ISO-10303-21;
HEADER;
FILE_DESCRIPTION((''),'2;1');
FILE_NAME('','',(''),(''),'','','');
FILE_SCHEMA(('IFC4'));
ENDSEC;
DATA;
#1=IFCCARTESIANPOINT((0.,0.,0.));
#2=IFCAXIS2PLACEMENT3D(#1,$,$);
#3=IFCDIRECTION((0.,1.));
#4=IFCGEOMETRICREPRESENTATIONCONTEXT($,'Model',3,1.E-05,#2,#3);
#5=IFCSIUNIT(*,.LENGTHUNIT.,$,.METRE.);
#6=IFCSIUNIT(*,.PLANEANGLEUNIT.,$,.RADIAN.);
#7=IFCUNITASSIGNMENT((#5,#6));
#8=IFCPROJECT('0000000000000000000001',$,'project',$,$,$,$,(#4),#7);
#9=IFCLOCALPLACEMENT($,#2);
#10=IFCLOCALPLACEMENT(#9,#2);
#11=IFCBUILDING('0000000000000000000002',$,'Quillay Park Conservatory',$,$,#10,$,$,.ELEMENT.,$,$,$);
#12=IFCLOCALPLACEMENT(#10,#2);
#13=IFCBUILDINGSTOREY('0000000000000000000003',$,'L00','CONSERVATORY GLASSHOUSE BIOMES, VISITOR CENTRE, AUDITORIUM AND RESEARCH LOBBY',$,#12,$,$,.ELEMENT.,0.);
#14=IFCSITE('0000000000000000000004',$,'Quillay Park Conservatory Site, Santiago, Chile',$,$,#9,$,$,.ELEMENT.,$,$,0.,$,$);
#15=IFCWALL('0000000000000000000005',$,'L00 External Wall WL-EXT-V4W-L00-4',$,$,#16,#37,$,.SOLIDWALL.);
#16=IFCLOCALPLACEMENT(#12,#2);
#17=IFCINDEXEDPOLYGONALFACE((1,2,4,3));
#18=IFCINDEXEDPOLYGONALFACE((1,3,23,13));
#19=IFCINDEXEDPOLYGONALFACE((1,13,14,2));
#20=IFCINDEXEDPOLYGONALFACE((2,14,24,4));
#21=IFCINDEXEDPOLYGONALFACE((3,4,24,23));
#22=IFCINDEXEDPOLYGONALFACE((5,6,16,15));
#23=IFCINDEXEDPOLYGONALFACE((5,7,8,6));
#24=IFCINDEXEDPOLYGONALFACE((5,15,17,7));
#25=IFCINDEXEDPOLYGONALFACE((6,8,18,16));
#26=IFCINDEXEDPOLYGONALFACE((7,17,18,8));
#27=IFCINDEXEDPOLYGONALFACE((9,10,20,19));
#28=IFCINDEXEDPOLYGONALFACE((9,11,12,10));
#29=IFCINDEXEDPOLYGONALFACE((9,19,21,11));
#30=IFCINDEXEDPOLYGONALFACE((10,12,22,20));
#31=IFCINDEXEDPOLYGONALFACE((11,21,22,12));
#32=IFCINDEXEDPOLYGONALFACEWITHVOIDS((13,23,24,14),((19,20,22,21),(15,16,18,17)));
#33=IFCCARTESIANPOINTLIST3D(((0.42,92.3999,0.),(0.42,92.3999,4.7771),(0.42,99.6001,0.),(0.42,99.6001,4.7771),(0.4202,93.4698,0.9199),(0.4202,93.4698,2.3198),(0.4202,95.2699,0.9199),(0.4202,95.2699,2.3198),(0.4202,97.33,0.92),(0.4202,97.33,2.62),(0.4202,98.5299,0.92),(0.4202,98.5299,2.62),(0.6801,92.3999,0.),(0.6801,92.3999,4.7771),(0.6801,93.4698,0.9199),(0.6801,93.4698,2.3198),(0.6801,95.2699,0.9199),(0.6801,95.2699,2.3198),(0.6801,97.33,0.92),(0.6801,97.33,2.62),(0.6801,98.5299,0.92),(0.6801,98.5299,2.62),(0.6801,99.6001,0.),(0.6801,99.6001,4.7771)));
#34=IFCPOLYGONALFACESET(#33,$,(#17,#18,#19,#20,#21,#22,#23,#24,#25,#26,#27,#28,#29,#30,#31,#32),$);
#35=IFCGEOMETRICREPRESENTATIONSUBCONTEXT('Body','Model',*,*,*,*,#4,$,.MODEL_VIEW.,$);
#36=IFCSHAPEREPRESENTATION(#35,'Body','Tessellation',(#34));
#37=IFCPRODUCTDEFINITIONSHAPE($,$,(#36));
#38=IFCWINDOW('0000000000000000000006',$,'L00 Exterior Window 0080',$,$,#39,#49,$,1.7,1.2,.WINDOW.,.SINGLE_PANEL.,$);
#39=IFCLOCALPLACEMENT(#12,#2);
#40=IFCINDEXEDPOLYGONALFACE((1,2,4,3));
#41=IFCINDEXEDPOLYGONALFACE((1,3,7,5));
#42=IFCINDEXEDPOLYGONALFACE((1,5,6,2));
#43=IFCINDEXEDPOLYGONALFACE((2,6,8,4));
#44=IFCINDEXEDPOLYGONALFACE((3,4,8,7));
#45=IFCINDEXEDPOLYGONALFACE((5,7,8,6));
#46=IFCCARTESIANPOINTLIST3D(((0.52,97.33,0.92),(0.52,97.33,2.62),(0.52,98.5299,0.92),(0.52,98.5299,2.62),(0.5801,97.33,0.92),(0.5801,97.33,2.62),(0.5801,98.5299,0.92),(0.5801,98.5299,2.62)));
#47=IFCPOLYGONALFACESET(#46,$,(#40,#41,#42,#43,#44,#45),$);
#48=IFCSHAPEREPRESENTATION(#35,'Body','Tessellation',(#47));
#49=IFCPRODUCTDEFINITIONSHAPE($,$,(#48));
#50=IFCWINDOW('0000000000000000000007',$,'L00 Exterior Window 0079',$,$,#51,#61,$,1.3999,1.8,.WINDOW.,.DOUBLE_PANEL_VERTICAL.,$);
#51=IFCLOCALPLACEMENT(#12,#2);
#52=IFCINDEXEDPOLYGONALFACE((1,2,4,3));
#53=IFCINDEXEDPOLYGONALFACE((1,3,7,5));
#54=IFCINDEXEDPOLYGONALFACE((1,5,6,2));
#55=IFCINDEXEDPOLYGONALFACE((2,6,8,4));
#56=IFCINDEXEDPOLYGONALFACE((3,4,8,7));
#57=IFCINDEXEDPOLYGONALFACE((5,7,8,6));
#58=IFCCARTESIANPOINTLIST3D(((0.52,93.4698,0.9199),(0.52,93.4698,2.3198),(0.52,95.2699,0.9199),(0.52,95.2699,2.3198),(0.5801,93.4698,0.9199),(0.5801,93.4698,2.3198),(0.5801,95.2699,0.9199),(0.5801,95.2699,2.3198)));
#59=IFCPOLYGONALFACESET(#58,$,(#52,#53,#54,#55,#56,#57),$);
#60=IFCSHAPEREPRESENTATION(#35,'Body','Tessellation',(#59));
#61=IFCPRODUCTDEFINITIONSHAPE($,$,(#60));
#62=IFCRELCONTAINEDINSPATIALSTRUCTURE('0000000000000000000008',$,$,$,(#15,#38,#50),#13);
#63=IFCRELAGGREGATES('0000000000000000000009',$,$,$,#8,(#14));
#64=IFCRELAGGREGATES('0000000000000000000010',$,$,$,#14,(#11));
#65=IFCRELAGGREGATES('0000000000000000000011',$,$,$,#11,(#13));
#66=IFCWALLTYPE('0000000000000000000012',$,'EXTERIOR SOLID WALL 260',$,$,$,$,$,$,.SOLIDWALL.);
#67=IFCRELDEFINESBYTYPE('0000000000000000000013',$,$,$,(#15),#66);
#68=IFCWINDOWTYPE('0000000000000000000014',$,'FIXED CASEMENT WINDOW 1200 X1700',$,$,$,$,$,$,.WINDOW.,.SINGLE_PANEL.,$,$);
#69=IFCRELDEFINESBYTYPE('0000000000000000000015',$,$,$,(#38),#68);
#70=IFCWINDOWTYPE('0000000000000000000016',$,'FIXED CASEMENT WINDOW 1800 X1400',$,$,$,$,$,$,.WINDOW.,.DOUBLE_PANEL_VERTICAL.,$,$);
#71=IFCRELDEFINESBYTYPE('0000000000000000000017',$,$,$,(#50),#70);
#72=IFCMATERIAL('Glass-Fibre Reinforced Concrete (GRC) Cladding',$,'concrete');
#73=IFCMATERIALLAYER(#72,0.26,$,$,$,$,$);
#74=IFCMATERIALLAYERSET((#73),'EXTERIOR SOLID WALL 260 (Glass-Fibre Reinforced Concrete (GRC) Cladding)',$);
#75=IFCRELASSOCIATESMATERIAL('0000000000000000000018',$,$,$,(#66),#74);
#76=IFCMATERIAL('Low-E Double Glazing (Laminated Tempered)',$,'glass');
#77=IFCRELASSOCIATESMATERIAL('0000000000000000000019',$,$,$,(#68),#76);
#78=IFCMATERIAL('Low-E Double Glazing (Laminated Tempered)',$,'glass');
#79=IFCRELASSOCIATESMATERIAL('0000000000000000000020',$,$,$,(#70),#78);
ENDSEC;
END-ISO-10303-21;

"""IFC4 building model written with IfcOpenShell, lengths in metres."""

from ifc_helpers import new_model, si_unit, direction, frame, frame_2d, origin, place, context, subcontext, project, spatial, rectangle, extrude, material, layer, layer_set, type_object, element, fill, save


model = new_model("IFC4")

# Units and contexts
model_context = context("Model", 3, precision=1e-05, world=origin(), true_north=direction((0.0, 1.0)))
body_context = subcontext(model_context, "Body", "Model", "MODEL_VIEW")
ifc_project = project(units=[si_unit("LENGTHUNIT", "METRE"), si_unit("PLANEANGLEUNIT", "RADIAN")], contexts=[model_context])

# Site, building, storey
site_placement = place(None, origin())
site = spatial("IfcSite", under=ifc_project, at=site_placement, Name="Quillay Park Conservatory Site, Santiago, Chile", CompositionType="ELEMENT", RefElevation=0.0)
building_placement = place(site_placement, origin())
building = spatial("IfcBuilding", under=site, at=building_placement, Name="Quillay Park Conservatory", CompositionType="ELEMENT")
storey_placement = place(building_placement, origin())
storey = spatial("IfcBuildingStorey", under=building, at=storey_placement, Name="L00", Description="CONSERVATORY GLASSHOUSE BIOMES, VISITOR CENTRE, AUDITORIUM AND RESEARCH LOBBY", CompositionType="ELEMENT", Elevation=0.0)

# Wall, openings, windows
ifc_material_1 = material(Name="Glass-Fibre Reinforced Concrete (GRC) Cladding", Category="concrete")
ifc_layer_1 = layer(ifc_material_1, 0.26)
ifc_layer_set_1 = layer_set([ifc_layer_1], Name="EXTERIOR SOLID WALL 260 (Glass-Fibre Reinforced Concrete (GRC) Cladding)")
wall_type_1 = type_object("IfcWallType", Name="EXTERIOR SOLID WALL 260", PredefinedType="SOLIDWALL", material=ifc_layer_set_1)
wall_1_placement = place(storey_placement, frame((0.55, 92.3999, 0.0), z_axis=(0.0, 0.0, 1.0), x_axis=(0.0, 1.0, 0.0)))
wall_1 = element("IfcWall", 1, at=wall_1_placement, inside=storey, type_object=wall_type_1, Name="L00 External Wall WL-EXT-V4W-L00-4", PredefinedType="SOLIDWALL", context=body_context, shape_type="SweptSolid", body=[
    extrude(rectangle(XDim=7.2002, YDim=0.26, at=frame_2d((3.6001, 0.0))), origin(), (0.0, 0.0, 1.0), 4.7771),
])
opening_1_placement = place(wall_1_placement, frame((1.0701, 0.0, 0.9199)))
opening_1 = element("IfcOpeningElement", 2, at=opening_1_placement, cuts=wall_1, PredefinedType="OPENING", context=body_context, shape_type="SweptSolid", body=[
    extrude(rectangle(XDim=1.8, YDim=1.3999, at=frame_2d((0.8999, 0.7))), frame((0.0, 0.1299, 0.0), z_axis=(0.0, -1.0, 0.0), x_axis=(1.0, 0.0, 0.0)), (0.0, 0.0, 1.0), 0.26),
])
opening_2_placement = place(wall_1_placement, frame((4.9299, 0.0, 0.9199)))
opening_2 = element("IfcOpeningElement", 3, at=opening_2_placement, cuts=wall_1, PredefinedType="OPENING", context=body_context, shape_type="SweptSolid", body=[
    extrude(rectangle(XDim=1.2, YDim=1.7, at=frame_2d((0.6001, 0.8501))), frame((0.0, 0.1299, 0.0), z_axis=(0.0, -1.0, 0.0), x_axis=(1.0, 0.0, 0.0)), (0.0, 0.0, 1.0), 0.26),
])
ifc_material_2 = material(Name="Low-E Double Glazing (Laminated Tempered)", Category="glass")
window_type_1 = type_object("IfcWindowType", Name="FIXED CASEMENT WINDOW 1200 X1700", PartitioningType="SINGLE_PANEL", PredefinedType="WINDOW", material=ifc_material_2)
window_1_placement = place(opening_2_placement, origin())
window_1 = element("IfcWindow", 4, at=window_1_placement, inside=storey, type_object=window_type_1, Name="L00 Exterior Window 0080", OverallHeight=1.7, OverallWidth=1.2, PartitioningType="SINGLE_PANEL", PredefinedType="WINDOW", context=body_context, shape_type="SweptSolid", body=[
    extrude(rectangle(XDim=1.2, YDim=1.7, at=frame_2d((0.6001, 0.8501))), frame((0.0, 0.03, 0.0), z_axis=(0.0, -1.0, 0.0), x_axis=(1.0, 0.0, 0.0)), (0.0, 0.0, 1.0), 0.0601),
])
fill(opening_2, window_1)
ifc_material_3 = material(Name="Low-E Double Glazing (Laminated Tempered)", Category="glass")
window_type_2 = type_object("IfcWindowType", Name="FIXED CASEMENT WINDOW 1800 X1400", PartitioningType="DOUBLE_PANEL_VERTICAL", PredefinedType="WINDOW", material=ifc_material_3)
window_2_placement = place(opening_1_placement, origin())
window_2 = element("IfcWindow", 5, at=window_2_placement, inside=storey, type_object=window_type_2, Name="L00 Exterior Window 0079", OverallHeight=1.3999, OverallWidth=1.8, PartitioningType="DOUBLE_PANEL_VERTICAL", PredefinedType="WINDOW", context=body_context, shape_type="SweptSolid", body=[
    extrude(rectangle(XDim=1.8, YDim=1.3999, at=frame_2d((0.8999, 0.7))), frame((0.0, 0.03, 0.0), z_axis=(0.0, -1.0, 0.0), x_axis=(1.0, 0.0, 0.0)), (0.0, 0.0, 1.0), 0.0601),
])
fill(opening_1, window_2)

save(model, "model.ifc")
